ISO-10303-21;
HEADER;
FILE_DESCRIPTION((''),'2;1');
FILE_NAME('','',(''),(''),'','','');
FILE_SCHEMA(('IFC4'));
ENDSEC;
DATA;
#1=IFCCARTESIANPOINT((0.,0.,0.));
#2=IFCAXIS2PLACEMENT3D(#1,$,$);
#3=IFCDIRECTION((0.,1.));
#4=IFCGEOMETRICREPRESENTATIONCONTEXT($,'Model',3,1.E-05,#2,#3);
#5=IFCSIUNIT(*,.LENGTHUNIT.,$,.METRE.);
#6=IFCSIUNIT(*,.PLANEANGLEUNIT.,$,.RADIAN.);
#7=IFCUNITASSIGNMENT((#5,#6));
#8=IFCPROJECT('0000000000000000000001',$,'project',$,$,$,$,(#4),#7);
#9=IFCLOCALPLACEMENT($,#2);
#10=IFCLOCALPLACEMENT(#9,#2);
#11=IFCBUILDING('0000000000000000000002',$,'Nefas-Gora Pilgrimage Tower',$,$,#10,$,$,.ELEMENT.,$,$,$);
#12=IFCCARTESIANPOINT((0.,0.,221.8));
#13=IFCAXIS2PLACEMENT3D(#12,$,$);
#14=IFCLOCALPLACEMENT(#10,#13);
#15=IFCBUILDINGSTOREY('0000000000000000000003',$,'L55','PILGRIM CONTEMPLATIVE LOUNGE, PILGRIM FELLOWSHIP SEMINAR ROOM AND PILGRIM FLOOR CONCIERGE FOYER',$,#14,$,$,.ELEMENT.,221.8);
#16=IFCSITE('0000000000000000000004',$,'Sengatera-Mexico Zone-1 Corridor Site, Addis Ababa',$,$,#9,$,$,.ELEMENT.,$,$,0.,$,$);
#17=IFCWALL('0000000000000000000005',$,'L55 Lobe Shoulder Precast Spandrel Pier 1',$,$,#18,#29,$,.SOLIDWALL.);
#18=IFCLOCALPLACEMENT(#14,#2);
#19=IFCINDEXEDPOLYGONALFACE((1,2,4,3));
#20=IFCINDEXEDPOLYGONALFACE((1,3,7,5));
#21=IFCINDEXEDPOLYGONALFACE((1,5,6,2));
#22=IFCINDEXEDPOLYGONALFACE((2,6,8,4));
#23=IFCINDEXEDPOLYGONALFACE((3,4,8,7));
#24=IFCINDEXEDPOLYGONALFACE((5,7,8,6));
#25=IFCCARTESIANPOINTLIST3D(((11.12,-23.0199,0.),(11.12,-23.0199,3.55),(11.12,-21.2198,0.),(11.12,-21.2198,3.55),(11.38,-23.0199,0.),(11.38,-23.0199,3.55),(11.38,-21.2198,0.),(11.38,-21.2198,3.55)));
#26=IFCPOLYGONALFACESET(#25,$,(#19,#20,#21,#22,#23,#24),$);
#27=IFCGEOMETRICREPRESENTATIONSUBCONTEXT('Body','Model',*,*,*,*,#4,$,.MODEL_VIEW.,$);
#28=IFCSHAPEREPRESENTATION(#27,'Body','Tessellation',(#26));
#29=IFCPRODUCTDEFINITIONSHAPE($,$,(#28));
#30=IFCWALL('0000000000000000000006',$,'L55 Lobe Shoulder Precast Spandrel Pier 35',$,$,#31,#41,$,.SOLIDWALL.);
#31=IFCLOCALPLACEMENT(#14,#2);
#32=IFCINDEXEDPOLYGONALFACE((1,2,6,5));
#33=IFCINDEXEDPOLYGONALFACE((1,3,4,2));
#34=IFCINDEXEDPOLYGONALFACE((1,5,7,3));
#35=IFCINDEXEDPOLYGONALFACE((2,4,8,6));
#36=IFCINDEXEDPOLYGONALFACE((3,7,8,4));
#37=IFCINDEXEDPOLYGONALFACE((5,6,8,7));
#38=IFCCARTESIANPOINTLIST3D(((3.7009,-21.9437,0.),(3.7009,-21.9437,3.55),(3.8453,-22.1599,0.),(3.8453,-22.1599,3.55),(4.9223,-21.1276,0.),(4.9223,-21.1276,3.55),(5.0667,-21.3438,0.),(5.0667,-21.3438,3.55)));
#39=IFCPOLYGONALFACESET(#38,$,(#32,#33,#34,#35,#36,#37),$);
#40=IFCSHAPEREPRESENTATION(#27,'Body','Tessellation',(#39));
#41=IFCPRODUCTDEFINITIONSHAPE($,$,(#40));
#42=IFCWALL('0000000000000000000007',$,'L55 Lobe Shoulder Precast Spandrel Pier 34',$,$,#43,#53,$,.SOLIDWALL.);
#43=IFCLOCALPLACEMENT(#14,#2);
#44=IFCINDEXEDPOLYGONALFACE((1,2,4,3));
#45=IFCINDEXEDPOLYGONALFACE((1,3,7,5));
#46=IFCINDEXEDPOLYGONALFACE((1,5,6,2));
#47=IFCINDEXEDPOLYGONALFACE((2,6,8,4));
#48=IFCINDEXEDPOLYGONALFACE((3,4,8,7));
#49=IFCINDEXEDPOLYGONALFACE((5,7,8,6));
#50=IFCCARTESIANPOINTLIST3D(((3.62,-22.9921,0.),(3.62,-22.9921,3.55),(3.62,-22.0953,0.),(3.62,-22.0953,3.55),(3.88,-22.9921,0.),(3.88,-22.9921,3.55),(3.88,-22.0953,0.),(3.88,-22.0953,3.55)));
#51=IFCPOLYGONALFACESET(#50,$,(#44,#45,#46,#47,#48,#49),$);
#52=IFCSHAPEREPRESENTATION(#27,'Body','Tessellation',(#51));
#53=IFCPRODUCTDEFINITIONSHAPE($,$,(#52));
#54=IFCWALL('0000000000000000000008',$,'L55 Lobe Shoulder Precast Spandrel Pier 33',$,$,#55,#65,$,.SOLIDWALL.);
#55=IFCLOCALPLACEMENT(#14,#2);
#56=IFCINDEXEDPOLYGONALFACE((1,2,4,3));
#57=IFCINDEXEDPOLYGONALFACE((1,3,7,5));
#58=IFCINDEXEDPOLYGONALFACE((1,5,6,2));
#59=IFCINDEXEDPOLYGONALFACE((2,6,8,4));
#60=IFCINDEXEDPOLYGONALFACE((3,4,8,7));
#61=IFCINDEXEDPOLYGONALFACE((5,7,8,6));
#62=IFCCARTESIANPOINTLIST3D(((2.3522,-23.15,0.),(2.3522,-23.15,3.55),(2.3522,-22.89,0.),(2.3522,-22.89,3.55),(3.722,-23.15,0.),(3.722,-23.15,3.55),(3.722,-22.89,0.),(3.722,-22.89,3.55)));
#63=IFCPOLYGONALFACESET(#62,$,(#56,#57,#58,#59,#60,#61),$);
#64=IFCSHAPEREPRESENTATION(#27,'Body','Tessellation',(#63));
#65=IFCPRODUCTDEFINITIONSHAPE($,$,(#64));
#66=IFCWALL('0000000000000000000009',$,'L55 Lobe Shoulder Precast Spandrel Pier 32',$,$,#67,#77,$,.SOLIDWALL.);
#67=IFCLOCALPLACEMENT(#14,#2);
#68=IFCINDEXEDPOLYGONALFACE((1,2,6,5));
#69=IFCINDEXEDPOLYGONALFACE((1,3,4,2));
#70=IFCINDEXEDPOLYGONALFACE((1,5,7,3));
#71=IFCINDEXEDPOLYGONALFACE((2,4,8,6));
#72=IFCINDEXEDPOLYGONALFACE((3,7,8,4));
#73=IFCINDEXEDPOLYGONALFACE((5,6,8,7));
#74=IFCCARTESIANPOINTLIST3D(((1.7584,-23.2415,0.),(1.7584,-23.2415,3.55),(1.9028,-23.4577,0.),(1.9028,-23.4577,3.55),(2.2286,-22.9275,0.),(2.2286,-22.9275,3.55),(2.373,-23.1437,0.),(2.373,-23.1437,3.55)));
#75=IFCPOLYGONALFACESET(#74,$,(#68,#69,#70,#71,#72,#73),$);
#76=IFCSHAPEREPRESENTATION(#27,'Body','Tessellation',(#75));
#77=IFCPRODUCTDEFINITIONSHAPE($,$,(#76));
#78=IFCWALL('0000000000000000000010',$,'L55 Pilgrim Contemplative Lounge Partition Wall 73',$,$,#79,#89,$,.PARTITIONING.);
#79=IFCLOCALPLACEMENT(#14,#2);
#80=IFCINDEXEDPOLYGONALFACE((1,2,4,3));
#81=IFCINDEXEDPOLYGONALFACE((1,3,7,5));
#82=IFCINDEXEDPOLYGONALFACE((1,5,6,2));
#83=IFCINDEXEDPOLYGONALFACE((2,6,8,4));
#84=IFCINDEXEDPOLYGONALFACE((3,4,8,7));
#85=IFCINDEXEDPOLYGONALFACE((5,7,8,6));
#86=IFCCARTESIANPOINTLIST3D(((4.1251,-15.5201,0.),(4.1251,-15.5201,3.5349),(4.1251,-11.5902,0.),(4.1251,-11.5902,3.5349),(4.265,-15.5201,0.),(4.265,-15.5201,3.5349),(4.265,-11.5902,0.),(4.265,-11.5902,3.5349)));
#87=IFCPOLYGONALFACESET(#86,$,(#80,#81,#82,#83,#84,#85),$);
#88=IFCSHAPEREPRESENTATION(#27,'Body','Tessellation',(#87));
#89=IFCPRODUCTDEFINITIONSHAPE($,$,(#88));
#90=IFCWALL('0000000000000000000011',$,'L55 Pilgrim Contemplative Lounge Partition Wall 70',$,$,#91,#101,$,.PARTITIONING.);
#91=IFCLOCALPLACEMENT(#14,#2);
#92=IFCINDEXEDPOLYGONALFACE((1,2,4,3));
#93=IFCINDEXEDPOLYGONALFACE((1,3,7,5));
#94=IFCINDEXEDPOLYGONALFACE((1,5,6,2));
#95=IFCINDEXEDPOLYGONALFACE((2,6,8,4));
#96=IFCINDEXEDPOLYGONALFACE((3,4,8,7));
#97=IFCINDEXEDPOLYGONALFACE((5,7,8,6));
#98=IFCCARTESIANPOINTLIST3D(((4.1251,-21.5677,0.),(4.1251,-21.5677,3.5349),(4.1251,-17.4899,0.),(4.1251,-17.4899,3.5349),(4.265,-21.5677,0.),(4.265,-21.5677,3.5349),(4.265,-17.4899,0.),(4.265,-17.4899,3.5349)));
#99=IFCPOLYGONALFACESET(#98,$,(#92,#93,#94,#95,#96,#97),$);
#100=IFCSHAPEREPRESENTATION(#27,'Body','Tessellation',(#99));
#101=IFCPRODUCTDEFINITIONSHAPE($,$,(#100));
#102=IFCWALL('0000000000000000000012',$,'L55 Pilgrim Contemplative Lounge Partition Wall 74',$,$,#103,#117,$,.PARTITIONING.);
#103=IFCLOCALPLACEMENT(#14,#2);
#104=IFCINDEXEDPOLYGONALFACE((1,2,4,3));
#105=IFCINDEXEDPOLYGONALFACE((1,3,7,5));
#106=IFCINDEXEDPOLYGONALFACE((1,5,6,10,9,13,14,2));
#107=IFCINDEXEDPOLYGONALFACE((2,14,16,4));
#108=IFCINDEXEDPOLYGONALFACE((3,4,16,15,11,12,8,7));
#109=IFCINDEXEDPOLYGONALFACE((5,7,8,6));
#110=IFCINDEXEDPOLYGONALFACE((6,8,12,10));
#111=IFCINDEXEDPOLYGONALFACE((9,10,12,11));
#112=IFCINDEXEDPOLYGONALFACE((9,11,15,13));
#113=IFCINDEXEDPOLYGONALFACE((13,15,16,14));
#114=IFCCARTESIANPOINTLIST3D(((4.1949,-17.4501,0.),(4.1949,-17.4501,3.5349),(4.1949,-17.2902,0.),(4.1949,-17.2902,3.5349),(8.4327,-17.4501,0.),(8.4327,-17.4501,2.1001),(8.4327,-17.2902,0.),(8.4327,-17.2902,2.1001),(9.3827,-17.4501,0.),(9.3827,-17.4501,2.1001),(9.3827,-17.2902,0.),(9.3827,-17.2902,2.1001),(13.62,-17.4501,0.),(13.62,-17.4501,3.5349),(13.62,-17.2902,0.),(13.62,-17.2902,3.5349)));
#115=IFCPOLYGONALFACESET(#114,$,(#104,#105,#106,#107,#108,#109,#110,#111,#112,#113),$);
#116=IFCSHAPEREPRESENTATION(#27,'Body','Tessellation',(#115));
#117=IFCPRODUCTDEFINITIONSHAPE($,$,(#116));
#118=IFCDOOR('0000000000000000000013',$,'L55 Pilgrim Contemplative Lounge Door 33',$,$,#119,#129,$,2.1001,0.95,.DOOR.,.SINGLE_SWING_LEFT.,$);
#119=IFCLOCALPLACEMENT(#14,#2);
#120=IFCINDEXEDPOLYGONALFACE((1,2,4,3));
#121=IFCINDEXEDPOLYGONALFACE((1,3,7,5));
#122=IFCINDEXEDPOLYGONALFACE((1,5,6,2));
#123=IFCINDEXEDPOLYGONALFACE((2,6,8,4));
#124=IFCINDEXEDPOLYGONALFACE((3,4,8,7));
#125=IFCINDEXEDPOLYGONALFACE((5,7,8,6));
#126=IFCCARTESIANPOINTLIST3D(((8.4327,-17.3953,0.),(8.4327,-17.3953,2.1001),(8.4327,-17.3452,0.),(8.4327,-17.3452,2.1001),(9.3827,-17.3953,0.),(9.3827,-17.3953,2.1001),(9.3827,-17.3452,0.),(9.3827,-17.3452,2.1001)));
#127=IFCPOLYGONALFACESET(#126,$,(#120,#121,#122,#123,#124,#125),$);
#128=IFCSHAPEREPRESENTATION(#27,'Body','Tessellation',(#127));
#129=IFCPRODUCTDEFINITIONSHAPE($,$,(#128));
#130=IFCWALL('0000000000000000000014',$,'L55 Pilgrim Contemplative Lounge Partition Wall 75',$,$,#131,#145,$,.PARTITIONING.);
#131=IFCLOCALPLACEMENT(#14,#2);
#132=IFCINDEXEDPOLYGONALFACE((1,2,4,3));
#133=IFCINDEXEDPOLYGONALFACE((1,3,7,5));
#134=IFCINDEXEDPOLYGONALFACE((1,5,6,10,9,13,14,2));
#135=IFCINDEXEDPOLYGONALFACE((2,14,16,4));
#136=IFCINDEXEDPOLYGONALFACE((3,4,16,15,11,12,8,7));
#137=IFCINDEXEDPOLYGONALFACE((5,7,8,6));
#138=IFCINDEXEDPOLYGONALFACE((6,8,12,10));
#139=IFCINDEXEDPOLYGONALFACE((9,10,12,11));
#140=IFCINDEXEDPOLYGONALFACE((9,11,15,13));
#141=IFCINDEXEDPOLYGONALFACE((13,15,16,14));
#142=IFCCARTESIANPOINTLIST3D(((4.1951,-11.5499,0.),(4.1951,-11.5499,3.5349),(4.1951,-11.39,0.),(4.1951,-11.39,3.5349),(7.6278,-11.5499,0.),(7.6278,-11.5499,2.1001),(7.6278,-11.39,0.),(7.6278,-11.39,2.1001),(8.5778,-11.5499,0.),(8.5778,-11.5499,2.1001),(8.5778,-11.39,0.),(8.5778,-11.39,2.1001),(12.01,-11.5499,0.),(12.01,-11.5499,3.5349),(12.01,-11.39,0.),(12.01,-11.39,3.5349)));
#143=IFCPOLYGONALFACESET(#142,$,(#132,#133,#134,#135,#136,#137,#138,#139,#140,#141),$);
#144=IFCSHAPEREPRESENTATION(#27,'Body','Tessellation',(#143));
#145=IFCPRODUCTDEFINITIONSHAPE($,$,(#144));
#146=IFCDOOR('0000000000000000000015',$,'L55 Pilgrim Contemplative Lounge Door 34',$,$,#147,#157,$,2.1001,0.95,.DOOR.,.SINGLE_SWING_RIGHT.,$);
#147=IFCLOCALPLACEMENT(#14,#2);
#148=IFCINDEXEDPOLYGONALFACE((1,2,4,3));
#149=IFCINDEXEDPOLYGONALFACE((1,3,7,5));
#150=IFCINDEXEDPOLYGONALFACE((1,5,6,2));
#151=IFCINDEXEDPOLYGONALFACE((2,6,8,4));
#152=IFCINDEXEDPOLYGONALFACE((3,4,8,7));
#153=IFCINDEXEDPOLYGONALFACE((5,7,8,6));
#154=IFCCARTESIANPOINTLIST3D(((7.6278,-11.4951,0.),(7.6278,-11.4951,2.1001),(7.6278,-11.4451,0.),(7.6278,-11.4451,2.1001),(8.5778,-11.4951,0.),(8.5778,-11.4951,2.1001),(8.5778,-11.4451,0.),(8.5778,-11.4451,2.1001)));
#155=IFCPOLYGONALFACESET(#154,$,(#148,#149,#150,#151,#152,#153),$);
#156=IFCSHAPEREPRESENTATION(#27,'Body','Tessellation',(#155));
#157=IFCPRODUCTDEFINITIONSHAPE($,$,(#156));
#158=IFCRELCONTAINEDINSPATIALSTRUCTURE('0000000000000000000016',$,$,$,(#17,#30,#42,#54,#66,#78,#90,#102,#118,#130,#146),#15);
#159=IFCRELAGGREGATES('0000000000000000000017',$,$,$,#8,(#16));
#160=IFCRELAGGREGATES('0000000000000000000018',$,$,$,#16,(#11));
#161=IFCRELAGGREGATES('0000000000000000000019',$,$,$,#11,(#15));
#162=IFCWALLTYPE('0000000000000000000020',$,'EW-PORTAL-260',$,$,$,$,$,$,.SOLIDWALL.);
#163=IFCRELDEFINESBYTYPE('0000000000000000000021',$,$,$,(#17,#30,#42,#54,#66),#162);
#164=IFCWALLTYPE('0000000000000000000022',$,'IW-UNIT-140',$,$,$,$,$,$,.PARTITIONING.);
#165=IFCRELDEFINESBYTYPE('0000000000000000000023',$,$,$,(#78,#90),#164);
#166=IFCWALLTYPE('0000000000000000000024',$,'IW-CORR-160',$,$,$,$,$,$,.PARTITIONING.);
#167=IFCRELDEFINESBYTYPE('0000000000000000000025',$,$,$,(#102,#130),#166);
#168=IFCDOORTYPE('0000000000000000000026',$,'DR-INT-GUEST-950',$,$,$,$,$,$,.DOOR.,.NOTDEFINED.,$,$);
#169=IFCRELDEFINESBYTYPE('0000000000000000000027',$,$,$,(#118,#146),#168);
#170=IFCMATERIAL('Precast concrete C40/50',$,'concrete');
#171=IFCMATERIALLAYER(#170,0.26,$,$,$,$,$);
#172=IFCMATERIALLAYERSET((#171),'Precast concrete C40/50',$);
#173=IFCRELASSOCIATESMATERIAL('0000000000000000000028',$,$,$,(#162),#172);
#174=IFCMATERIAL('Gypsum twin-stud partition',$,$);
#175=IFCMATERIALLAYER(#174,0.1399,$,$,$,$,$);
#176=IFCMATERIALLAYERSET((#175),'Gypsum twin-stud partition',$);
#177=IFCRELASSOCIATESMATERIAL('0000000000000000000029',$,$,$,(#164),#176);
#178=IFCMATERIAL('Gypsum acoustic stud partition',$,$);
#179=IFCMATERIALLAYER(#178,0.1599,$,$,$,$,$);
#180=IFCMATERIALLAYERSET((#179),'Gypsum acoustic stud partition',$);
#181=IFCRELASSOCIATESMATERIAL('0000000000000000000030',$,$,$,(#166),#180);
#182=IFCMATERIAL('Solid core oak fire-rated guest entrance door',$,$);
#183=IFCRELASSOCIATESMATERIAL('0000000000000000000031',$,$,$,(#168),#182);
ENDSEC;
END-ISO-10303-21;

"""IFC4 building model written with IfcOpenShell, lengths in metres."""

from ifc_helpers import new_model, si_unit, direction, frame, frame_2d, origin, place, context, subcontext, project, spatial, rectangle, extrude, source, transform, mapped, material, layer, layer_set, type_object, element, fill, save


model = new_model("IFC4")

# Units and contexts
model_context = context("Model", 3, precision=1e-05, world=origin(), true_north=direction((0.0, 1.0)))
body_context = subcontext(model_context, "Body", "Model", "MODEL_VIEW")
ifc_project = project(units=[si_unit("LENGTHUNIT", "METRE"), si_unit("PLANEANGLEUNIT", "RADIAN")], contexts=[model_context])

# Site, building, storey
site_placement = place(None, origin())
site = spatial("IfcSite", under=ifc_project, at=site_placement, Name="Sengatera-Mexico Zone-1 Corridor Site, Addis Ababa", CompositionType="ELEMENT", RefElevation=0.0)
building_placement = place(site_placement, origin())
building = spatial("IfcBuilding", under=site, at=building_placement, Name="Nefas-Gora Pilgrimage Tower", CompositionType="ELEMENT")
storey_placement = place(building_placement, frame((0.0, 0.0, 221.8)))
storey = spatial("IfcBuildingStorey", under=building, at=storey_placement, Name="L55", Description="PILGRIM CONTEMPLATIVE LOUNGE, PILGRIM FELLOWSHIP SEMINAR ROOM AND PILGRIM FLOOR CONCIERGE FOYER", CompositionType="ELEMENT", Elevation=221.8)

# Walls
ifc_material_1 = material(Name="Precast concrete C40/50", Category="concrete")
ifc_layer_1 = layer(ifc_material_1, 0.26)
ifc_layer_set_1 = layer_set([ifc_layer_1], Name="Precast concrete C40/50")
wall_type_1 = type_object("IfcWallType", Name="EW-PORTAL-260", PredefinedType="SOLIDWALL", material=ifc_layer_set_1)
shared_shape_1 = source(origin(), body_context, "Body", "SweptSolid", [
    extrude(rectangle(XDim=1.8, YDim=0.26, at=frame_2d((0.8999, 0.0))), origin(), (0.0, 0.0, 1.0), 3.55),
])
wall_1_placement = place(storey_placement, frame((11.25, -21.22, 0.0), z_axis=(0.0, 0.0, 1.0), x_axis=(0.0, -1.0, 0.0)))
element("IfcWall", 1, at=wall_1_placement, inside=storey, type_object=wall_type_1, Name="L55 Lobe Shoulder Precast Spandrel Pier 1", PredefinedType="SOLIDWALL", context=body_context, shape_type="MappedRepresentation", body=[
    mapped(shared_shape_1, transform((0.0, 0.0, 0.0), x_axis=(1.0, 0.0, 0.0), y_axis=(0.0, 1.0, 0.0), z_axis=(0.0, 0.0, 1.0), scale=1.0)),
])
shared_shape_2 = source(origin(), body_context, "Body", "SweptSolid", [
    extrude(rectangle(XDim=1.469, YDim=0.26, at=frame_2d((0.7344, 0.0))), origin(), (0.0, 0.0, 1.0), 3.55),
])
wall_2_placement = place(storey_placement, frame((3.7732, -22.0518, 0.0), z_axis=(0.0, 0.0, 1.0), x_axis=(0.831462, 0.555582, 0.0)))
element("IfcWall", 2, at=wall_2_placement, inside=storey, type_object=wall_type_1, Name="L55 Lobe Shoulder Precast Spandrel Pier 35", PredefinedType="SOLIDWALL", context=body_context, shape_type="MappedRepresentation", body=[
    mapped(shared_shape_2, transform((0.0, 0.0, 0.0), x_axis=(1.0, 0.0, 0.0), y_axis=(0.0, 1.0, 0.0), z_axis=(0.0, 0.0, 1.0), scale=1.0)),
])
shared_shape_3 = source(origin(), body_context, "Body", "SweptSolid", [
    extrude(rectangle(XDim=0.8967, YDim=0.26, at=frame_2d((0.4482, 0.0))), origin(), (0.0, 0.0, 1.0), 3.55),
])
wall_3_placement = place(storey_placement, frame((3.75, -22.9919, 0.0), z_axis=(0.0, 0.0, 1.0), x_axis=(0.0, 1.0, 0.0)))
element("IfcWall", 3, at=wall_3_placement, inside=storey, type_object=wall_type_1, Name="L55 Lobe Shoulder Precast Spandrel Pier 34", PredefinedType="SOLIDWALL", context=body_context, shape_type="MappedRepresentation", body=[
    mapped(shared_shape_3, transform((0.0, 0.0, 0.0), x_axis=(1.0, 0.0, 0.0), y_axis=(0.0, 1.0, 0.0), z_axis=(0.0, 0.0, 1.0), scale=1.0)),
])
shared_shape_4 = source(origin(), body_context, "Body", "SweptSolid", [
    extrude(rectangle(XDim=1.3699, YDim=0.26, at=frame_2d((0.6851, 0.0))), origin(), (0.0, 0.0, 1.0), 3.55),
])
wall_4_placement = place(storey_placement, frame((2.3521, -23.02, 0.0), z_axis=(0.0, 0.0, 1.0), x_axis=(1.0, 0.0, 0.0)))
element("IfcWall", 4, at=wall_4_placement, inside=storey, type_object=wall_type_1, Name="L55 Lobe Shoulder Precast Spandrel Pier 33", PredefinedType="SOLIDWALL", context=body_context, shape_type="MappedRepresentation", body=[
    mapped(shared_shape_4, transform((0.0, 0.0, 0.0), x_axis=(1.0, 0.0, 0.0), y_axis=(0.0, 1.0, 0.0), z_axis=(0.0, 0.0, 1.0), scale=1.0)),
])
shared_shape_5 = source(origin(), body_context, "Body", "SweptSolid", [
    extrude(rectangle(XDim=0.5654, YDim=0.26, at=frame_2d((0.2827, 0.0))), origin(), (0.0, 0.0, 1.0), 3.55),
])
wall_5_placement = place(storey_placement, frame((1.8306, -23.3496, 0.0), z_axis=(0.0, 0.0, 1.0), x_axis=(0.831651, 0.555298, 0.0)))
element("IfcWall", 5, at=wall_5_placement, inside=storey, type_object=wall_type_1, Name="L55 Lobe Shoulder Precast Spandrel Pier 32", PredefinedType="SOLIDWALL", context=body_context, shape_type="MappedRepresentation", body=[
    mapped(shared_shape_5, transform((0.0, 0.0, 0.0), x_axis=(1.0, 0.0, 0.0), y_axis=(0.0, 1.0, 0.0), z_axis=(0.0, 0.0, 1.0), scale=1.0)),
])
ifc_material_2 = material(Name="Gypsum twin-stud partition")
ifc_layer_2 = layer(ifc_material_2, 0.1399)
ifc_layer_set_2 = layer_set([ifc_layer_2], Name="Gypsum twin-stud partition")
wall_type_2 = type_object("IfcWallType", Name="IW-UNIT-140", PredefinedType="PARTITIONING", material=ifc_layer_set_2)
shared_shape_6 = source(origin(), body_context, "Body", "SweptSolid", [
    extrude(rectangle(XDim=3.9299, YDim=0.1399, at=frame_2d((1.9648, 0.0))), origin(), (0.0, 0.0, 1.0), 3.5349),
])
wall_6_placement = place(storey_placement, frame((4.1951, -15.52, 0.0), z_axis=(0.0, 0.0, 1.0), x_axis=(0.0, 1.0, 0.0)))
element("IfcWall", 6, at=wall_6_placement, inside=storey, type_object=wall_type_2, Name="L55 Pilgrim Contemplative Lounge Partition Wall 73", PredefinedType="PARTITIONING", context=body_context, shape_type="MappedRepresentation", body=[
    mapped(shared_shape_6, transform((0.0, 0.0, 0.0), x_axis=(1.0, 0.0, 0.0), y_axis=(0.0, 1.0, 0.0), z_axis=(0.0, 0.0, 1.0), scale=1.0)),
])
shared_shape_7 = source(origin(), body_context, "Body", "SweptSolid", [
    extrude(rectangle(XDim=4.0779, YDim=0.1399, at=frame_2d((2.0391, 0.0))), origin(), (0.0, 0.0, 1.0), 3.5349),
])
wall_7_placement = place(storey_placement, frame((4.1951, -21.5679, 0.0), z_axis=(0.0, 0.0, 1.0), x_axis=(0.0, 1.0, 0.0)))
element("IfcWall", 7, at=wall_7_placement, inside=storey, type_object=wall_type_2, Name="L55 Pilgrim Contemplative Lounge Partition Wall 70", PredefinedType="PARTITIONING", context=body_context, shape_type="MappedRepresentation", body=[
    mapped(shared_shape_7, transform((0.0, 0.0, 0.0), x_axis=(1.0, 0.0, 0.0), y_axis=(0.0, 1.0, 0.0), z_axis=(0.0, 0.0, 1.0), scale=1.0)),
])

# Walls, openings, doors
ifc_material_3 = material(Name="Gypsum acoustic stud partition")
ifc_layer_3 = layer(ifc_material_3, 0.1599)
ifc_layer_set_3 = layer_set([ifc_layer_3], Name="Gypsum acoustic stud partition")
wall_type_3 = type_object("IfcWallType", Name="IW-CORR-160", PredefinedType="PARTITIONING", material=ifc_layer_set_3)
shared_shape_8 = source(origin(), body_context, "Body", "SweptSolid", [
    extrude(rectangle(XDim=9.425, YDim=0.1599, at=frame_2d((4.7124, 0.0))), origin(), (0.0, 0.0, 1.0), 3.5349),
])
wall_8_placement = place(storey_placement, frame((4.1951, -17.3701, 0.0), z_axis=(0.0, 0.0, 1.0), x_axis=(1.0, 0.0, 0.0)))
wall_8 = element("IfcWall", 8, at=wall_8_placement, inside=storey, type_object=wall_type_3, Name="L55 Pilgrim Contemplative Lounge Partition Wall 74", PredefinedType="PARTITIONING", context=body_context, shape_type="MappedRepresentation", body=[
    mapped(shared_shape_8, transform((0.0, 0.0, 0.0), x_axis=(1.0, 0.0, 0.0), y_axis=(0.0, 1.0, 0.0), z_axis=(0.0, 0.0, 1.0), scale=1.0)),
])
opening_1_placement = place(wall_8_placement, frame((4.2375, 0.0, 0.0)))
opening_1 = element("IfcOpeningElement", 9, at=opening_1_placement, cuts=wall_8, PredefinedType="OPENING", context=body_context, shape_type="SweptSolid", body=[
    extrude(rectangle(XDim=0.95, YDim=2.1001, at=frame_2d((0.4751, 1.05))), frame((0.0, 0.0898, 0.0), z_axis=(0.0, -1.0, 0.0), x_axis=(1.0, 0.0, 0.0)), (0.0, 0.0, 1.0), 0.1799),
])
ifc_material_4 = material(Name="Solid core oak fire-rated guest entrance door")
door_type = type_object("IfcDoorType", Name="DR-INT-GUEST-950", OperationType="NOTDEFINED", PredefinedType="DOOR", material=ifc_material_4)
shared_shape_9 = source(origin(), body_context, "Body", "SweptSolid", [
    extrude(rectangle(XDim=0.95, YDim=2.1001, at=frame_2d((0.4751, 1.05))), frame((0.0, 0.0249, 0.0), z_axis=(0.0, -1.0, 0.0), x_axis=(1.0, 0.0, 0.0)), (0.0, 0.0, 1.0), 0.05),
])
door_1_placement = place(opening_1_placement, origin())
door_1 = element("IfcDoor", 10, at=door_1_placement, inside=storey, type_object=door_type, Name="L55 Pilgrim Contemplative Lounge Door 33", OperationType="SINGLE_SWING_LEFT", OverallHeight=2.1001, OverallWidth=0.95, PredefinedType="DOOR", context=body_context, shape_type="MappedRepresentation", body=[
    mapped(shared_shape_9, transform((0.0, 0.0, 0.0), x_axis=(1.0, 0.0, 0.0), y_axis=(0.0, 1.0, 0.0), z_axis=(0.0, 0.0, 1.0), scale=1.0)),
])
fill(opening_1, door_1)
shared_shape_10 = source(origin(), body_context, "Body", "SweptSolid", [
    extrude(rectangle(XDim=7.8149, YDim=0.1599, at=frame_2d((3.9075, 0.0))), origin(), (0.0, 0.0, 1.0), 3.5349),
])
wall_9_placement = place(storey_placement, frame((4.1951, -11.47, 0.0), z_axis=(0.0, 0.0, 1.0), x_axis=(1.0, 0.0, 0.0)))
wall_9 = element("IfcWall", 11, at=wall_9_placement, inside=storey, type_object=wall_type_3, Name="L55 Pilgrim Contemplative Lounge Partition Wall 75", PredefinedType="PARTITIONING", context=body_context, shape_type="MappedRepresentation", body=[
    mapped(shared_shape_10, transform((0.0, 0.0, 0.0), x_axis=(1.0, 0.0, 0.0), y_axis=(0.0, 1.0, 0.0), z_axis=(0.0, 0.0, 1.0), scale=1.0)),
])
opening_2_placement = place(wall_9_placement, frame((3.4326, 0.0, 0.0)))
opening_2 = element("IfcOpeningElement", 12, at=opening_2_placement, cuts=wall_9, PredefinedType="OPENING", context=body_context, shape_type="SweptSolid", body=[
    extrude(rectangle(XDim=0.95, YDim=2.1001, at=frame_2d((0.4751, 1.05))), frame((0.0, 0.0898, 0.0), z_axis=(0.0, -1.0, 0.0), x_axis=(1.0, 0.0, 0.0)), (0.0, 0.0, 1.0), 0.1799),
])
door_2_placement = place(opening_2_placement, origin())
door_2 = element("IfcDoor", 13, at=door_2_placement, inside=storey, type_object=door_type, Name="L55 Pilgrim Contemplative Lounge Door 34", OperationType="SINGLE_SWING_RIGHT", OverallHeight=2.1001, OverallWidth=0.95, PredefinedType="DOOR", context=body_context, shape_type="MappedRepresentation", body=[
    mapped(shared_shape_9, transform((0.0, 0.0, 0.0), x_axis=(1.0, 0.0, 0.0), y_axis=(0.0, 1.0, 0.0), z_axis=(0.0, 0.0, 1.0), scale=1.0)),
])
fill(opening_2, door_2)

save(model, "model.ifc")
